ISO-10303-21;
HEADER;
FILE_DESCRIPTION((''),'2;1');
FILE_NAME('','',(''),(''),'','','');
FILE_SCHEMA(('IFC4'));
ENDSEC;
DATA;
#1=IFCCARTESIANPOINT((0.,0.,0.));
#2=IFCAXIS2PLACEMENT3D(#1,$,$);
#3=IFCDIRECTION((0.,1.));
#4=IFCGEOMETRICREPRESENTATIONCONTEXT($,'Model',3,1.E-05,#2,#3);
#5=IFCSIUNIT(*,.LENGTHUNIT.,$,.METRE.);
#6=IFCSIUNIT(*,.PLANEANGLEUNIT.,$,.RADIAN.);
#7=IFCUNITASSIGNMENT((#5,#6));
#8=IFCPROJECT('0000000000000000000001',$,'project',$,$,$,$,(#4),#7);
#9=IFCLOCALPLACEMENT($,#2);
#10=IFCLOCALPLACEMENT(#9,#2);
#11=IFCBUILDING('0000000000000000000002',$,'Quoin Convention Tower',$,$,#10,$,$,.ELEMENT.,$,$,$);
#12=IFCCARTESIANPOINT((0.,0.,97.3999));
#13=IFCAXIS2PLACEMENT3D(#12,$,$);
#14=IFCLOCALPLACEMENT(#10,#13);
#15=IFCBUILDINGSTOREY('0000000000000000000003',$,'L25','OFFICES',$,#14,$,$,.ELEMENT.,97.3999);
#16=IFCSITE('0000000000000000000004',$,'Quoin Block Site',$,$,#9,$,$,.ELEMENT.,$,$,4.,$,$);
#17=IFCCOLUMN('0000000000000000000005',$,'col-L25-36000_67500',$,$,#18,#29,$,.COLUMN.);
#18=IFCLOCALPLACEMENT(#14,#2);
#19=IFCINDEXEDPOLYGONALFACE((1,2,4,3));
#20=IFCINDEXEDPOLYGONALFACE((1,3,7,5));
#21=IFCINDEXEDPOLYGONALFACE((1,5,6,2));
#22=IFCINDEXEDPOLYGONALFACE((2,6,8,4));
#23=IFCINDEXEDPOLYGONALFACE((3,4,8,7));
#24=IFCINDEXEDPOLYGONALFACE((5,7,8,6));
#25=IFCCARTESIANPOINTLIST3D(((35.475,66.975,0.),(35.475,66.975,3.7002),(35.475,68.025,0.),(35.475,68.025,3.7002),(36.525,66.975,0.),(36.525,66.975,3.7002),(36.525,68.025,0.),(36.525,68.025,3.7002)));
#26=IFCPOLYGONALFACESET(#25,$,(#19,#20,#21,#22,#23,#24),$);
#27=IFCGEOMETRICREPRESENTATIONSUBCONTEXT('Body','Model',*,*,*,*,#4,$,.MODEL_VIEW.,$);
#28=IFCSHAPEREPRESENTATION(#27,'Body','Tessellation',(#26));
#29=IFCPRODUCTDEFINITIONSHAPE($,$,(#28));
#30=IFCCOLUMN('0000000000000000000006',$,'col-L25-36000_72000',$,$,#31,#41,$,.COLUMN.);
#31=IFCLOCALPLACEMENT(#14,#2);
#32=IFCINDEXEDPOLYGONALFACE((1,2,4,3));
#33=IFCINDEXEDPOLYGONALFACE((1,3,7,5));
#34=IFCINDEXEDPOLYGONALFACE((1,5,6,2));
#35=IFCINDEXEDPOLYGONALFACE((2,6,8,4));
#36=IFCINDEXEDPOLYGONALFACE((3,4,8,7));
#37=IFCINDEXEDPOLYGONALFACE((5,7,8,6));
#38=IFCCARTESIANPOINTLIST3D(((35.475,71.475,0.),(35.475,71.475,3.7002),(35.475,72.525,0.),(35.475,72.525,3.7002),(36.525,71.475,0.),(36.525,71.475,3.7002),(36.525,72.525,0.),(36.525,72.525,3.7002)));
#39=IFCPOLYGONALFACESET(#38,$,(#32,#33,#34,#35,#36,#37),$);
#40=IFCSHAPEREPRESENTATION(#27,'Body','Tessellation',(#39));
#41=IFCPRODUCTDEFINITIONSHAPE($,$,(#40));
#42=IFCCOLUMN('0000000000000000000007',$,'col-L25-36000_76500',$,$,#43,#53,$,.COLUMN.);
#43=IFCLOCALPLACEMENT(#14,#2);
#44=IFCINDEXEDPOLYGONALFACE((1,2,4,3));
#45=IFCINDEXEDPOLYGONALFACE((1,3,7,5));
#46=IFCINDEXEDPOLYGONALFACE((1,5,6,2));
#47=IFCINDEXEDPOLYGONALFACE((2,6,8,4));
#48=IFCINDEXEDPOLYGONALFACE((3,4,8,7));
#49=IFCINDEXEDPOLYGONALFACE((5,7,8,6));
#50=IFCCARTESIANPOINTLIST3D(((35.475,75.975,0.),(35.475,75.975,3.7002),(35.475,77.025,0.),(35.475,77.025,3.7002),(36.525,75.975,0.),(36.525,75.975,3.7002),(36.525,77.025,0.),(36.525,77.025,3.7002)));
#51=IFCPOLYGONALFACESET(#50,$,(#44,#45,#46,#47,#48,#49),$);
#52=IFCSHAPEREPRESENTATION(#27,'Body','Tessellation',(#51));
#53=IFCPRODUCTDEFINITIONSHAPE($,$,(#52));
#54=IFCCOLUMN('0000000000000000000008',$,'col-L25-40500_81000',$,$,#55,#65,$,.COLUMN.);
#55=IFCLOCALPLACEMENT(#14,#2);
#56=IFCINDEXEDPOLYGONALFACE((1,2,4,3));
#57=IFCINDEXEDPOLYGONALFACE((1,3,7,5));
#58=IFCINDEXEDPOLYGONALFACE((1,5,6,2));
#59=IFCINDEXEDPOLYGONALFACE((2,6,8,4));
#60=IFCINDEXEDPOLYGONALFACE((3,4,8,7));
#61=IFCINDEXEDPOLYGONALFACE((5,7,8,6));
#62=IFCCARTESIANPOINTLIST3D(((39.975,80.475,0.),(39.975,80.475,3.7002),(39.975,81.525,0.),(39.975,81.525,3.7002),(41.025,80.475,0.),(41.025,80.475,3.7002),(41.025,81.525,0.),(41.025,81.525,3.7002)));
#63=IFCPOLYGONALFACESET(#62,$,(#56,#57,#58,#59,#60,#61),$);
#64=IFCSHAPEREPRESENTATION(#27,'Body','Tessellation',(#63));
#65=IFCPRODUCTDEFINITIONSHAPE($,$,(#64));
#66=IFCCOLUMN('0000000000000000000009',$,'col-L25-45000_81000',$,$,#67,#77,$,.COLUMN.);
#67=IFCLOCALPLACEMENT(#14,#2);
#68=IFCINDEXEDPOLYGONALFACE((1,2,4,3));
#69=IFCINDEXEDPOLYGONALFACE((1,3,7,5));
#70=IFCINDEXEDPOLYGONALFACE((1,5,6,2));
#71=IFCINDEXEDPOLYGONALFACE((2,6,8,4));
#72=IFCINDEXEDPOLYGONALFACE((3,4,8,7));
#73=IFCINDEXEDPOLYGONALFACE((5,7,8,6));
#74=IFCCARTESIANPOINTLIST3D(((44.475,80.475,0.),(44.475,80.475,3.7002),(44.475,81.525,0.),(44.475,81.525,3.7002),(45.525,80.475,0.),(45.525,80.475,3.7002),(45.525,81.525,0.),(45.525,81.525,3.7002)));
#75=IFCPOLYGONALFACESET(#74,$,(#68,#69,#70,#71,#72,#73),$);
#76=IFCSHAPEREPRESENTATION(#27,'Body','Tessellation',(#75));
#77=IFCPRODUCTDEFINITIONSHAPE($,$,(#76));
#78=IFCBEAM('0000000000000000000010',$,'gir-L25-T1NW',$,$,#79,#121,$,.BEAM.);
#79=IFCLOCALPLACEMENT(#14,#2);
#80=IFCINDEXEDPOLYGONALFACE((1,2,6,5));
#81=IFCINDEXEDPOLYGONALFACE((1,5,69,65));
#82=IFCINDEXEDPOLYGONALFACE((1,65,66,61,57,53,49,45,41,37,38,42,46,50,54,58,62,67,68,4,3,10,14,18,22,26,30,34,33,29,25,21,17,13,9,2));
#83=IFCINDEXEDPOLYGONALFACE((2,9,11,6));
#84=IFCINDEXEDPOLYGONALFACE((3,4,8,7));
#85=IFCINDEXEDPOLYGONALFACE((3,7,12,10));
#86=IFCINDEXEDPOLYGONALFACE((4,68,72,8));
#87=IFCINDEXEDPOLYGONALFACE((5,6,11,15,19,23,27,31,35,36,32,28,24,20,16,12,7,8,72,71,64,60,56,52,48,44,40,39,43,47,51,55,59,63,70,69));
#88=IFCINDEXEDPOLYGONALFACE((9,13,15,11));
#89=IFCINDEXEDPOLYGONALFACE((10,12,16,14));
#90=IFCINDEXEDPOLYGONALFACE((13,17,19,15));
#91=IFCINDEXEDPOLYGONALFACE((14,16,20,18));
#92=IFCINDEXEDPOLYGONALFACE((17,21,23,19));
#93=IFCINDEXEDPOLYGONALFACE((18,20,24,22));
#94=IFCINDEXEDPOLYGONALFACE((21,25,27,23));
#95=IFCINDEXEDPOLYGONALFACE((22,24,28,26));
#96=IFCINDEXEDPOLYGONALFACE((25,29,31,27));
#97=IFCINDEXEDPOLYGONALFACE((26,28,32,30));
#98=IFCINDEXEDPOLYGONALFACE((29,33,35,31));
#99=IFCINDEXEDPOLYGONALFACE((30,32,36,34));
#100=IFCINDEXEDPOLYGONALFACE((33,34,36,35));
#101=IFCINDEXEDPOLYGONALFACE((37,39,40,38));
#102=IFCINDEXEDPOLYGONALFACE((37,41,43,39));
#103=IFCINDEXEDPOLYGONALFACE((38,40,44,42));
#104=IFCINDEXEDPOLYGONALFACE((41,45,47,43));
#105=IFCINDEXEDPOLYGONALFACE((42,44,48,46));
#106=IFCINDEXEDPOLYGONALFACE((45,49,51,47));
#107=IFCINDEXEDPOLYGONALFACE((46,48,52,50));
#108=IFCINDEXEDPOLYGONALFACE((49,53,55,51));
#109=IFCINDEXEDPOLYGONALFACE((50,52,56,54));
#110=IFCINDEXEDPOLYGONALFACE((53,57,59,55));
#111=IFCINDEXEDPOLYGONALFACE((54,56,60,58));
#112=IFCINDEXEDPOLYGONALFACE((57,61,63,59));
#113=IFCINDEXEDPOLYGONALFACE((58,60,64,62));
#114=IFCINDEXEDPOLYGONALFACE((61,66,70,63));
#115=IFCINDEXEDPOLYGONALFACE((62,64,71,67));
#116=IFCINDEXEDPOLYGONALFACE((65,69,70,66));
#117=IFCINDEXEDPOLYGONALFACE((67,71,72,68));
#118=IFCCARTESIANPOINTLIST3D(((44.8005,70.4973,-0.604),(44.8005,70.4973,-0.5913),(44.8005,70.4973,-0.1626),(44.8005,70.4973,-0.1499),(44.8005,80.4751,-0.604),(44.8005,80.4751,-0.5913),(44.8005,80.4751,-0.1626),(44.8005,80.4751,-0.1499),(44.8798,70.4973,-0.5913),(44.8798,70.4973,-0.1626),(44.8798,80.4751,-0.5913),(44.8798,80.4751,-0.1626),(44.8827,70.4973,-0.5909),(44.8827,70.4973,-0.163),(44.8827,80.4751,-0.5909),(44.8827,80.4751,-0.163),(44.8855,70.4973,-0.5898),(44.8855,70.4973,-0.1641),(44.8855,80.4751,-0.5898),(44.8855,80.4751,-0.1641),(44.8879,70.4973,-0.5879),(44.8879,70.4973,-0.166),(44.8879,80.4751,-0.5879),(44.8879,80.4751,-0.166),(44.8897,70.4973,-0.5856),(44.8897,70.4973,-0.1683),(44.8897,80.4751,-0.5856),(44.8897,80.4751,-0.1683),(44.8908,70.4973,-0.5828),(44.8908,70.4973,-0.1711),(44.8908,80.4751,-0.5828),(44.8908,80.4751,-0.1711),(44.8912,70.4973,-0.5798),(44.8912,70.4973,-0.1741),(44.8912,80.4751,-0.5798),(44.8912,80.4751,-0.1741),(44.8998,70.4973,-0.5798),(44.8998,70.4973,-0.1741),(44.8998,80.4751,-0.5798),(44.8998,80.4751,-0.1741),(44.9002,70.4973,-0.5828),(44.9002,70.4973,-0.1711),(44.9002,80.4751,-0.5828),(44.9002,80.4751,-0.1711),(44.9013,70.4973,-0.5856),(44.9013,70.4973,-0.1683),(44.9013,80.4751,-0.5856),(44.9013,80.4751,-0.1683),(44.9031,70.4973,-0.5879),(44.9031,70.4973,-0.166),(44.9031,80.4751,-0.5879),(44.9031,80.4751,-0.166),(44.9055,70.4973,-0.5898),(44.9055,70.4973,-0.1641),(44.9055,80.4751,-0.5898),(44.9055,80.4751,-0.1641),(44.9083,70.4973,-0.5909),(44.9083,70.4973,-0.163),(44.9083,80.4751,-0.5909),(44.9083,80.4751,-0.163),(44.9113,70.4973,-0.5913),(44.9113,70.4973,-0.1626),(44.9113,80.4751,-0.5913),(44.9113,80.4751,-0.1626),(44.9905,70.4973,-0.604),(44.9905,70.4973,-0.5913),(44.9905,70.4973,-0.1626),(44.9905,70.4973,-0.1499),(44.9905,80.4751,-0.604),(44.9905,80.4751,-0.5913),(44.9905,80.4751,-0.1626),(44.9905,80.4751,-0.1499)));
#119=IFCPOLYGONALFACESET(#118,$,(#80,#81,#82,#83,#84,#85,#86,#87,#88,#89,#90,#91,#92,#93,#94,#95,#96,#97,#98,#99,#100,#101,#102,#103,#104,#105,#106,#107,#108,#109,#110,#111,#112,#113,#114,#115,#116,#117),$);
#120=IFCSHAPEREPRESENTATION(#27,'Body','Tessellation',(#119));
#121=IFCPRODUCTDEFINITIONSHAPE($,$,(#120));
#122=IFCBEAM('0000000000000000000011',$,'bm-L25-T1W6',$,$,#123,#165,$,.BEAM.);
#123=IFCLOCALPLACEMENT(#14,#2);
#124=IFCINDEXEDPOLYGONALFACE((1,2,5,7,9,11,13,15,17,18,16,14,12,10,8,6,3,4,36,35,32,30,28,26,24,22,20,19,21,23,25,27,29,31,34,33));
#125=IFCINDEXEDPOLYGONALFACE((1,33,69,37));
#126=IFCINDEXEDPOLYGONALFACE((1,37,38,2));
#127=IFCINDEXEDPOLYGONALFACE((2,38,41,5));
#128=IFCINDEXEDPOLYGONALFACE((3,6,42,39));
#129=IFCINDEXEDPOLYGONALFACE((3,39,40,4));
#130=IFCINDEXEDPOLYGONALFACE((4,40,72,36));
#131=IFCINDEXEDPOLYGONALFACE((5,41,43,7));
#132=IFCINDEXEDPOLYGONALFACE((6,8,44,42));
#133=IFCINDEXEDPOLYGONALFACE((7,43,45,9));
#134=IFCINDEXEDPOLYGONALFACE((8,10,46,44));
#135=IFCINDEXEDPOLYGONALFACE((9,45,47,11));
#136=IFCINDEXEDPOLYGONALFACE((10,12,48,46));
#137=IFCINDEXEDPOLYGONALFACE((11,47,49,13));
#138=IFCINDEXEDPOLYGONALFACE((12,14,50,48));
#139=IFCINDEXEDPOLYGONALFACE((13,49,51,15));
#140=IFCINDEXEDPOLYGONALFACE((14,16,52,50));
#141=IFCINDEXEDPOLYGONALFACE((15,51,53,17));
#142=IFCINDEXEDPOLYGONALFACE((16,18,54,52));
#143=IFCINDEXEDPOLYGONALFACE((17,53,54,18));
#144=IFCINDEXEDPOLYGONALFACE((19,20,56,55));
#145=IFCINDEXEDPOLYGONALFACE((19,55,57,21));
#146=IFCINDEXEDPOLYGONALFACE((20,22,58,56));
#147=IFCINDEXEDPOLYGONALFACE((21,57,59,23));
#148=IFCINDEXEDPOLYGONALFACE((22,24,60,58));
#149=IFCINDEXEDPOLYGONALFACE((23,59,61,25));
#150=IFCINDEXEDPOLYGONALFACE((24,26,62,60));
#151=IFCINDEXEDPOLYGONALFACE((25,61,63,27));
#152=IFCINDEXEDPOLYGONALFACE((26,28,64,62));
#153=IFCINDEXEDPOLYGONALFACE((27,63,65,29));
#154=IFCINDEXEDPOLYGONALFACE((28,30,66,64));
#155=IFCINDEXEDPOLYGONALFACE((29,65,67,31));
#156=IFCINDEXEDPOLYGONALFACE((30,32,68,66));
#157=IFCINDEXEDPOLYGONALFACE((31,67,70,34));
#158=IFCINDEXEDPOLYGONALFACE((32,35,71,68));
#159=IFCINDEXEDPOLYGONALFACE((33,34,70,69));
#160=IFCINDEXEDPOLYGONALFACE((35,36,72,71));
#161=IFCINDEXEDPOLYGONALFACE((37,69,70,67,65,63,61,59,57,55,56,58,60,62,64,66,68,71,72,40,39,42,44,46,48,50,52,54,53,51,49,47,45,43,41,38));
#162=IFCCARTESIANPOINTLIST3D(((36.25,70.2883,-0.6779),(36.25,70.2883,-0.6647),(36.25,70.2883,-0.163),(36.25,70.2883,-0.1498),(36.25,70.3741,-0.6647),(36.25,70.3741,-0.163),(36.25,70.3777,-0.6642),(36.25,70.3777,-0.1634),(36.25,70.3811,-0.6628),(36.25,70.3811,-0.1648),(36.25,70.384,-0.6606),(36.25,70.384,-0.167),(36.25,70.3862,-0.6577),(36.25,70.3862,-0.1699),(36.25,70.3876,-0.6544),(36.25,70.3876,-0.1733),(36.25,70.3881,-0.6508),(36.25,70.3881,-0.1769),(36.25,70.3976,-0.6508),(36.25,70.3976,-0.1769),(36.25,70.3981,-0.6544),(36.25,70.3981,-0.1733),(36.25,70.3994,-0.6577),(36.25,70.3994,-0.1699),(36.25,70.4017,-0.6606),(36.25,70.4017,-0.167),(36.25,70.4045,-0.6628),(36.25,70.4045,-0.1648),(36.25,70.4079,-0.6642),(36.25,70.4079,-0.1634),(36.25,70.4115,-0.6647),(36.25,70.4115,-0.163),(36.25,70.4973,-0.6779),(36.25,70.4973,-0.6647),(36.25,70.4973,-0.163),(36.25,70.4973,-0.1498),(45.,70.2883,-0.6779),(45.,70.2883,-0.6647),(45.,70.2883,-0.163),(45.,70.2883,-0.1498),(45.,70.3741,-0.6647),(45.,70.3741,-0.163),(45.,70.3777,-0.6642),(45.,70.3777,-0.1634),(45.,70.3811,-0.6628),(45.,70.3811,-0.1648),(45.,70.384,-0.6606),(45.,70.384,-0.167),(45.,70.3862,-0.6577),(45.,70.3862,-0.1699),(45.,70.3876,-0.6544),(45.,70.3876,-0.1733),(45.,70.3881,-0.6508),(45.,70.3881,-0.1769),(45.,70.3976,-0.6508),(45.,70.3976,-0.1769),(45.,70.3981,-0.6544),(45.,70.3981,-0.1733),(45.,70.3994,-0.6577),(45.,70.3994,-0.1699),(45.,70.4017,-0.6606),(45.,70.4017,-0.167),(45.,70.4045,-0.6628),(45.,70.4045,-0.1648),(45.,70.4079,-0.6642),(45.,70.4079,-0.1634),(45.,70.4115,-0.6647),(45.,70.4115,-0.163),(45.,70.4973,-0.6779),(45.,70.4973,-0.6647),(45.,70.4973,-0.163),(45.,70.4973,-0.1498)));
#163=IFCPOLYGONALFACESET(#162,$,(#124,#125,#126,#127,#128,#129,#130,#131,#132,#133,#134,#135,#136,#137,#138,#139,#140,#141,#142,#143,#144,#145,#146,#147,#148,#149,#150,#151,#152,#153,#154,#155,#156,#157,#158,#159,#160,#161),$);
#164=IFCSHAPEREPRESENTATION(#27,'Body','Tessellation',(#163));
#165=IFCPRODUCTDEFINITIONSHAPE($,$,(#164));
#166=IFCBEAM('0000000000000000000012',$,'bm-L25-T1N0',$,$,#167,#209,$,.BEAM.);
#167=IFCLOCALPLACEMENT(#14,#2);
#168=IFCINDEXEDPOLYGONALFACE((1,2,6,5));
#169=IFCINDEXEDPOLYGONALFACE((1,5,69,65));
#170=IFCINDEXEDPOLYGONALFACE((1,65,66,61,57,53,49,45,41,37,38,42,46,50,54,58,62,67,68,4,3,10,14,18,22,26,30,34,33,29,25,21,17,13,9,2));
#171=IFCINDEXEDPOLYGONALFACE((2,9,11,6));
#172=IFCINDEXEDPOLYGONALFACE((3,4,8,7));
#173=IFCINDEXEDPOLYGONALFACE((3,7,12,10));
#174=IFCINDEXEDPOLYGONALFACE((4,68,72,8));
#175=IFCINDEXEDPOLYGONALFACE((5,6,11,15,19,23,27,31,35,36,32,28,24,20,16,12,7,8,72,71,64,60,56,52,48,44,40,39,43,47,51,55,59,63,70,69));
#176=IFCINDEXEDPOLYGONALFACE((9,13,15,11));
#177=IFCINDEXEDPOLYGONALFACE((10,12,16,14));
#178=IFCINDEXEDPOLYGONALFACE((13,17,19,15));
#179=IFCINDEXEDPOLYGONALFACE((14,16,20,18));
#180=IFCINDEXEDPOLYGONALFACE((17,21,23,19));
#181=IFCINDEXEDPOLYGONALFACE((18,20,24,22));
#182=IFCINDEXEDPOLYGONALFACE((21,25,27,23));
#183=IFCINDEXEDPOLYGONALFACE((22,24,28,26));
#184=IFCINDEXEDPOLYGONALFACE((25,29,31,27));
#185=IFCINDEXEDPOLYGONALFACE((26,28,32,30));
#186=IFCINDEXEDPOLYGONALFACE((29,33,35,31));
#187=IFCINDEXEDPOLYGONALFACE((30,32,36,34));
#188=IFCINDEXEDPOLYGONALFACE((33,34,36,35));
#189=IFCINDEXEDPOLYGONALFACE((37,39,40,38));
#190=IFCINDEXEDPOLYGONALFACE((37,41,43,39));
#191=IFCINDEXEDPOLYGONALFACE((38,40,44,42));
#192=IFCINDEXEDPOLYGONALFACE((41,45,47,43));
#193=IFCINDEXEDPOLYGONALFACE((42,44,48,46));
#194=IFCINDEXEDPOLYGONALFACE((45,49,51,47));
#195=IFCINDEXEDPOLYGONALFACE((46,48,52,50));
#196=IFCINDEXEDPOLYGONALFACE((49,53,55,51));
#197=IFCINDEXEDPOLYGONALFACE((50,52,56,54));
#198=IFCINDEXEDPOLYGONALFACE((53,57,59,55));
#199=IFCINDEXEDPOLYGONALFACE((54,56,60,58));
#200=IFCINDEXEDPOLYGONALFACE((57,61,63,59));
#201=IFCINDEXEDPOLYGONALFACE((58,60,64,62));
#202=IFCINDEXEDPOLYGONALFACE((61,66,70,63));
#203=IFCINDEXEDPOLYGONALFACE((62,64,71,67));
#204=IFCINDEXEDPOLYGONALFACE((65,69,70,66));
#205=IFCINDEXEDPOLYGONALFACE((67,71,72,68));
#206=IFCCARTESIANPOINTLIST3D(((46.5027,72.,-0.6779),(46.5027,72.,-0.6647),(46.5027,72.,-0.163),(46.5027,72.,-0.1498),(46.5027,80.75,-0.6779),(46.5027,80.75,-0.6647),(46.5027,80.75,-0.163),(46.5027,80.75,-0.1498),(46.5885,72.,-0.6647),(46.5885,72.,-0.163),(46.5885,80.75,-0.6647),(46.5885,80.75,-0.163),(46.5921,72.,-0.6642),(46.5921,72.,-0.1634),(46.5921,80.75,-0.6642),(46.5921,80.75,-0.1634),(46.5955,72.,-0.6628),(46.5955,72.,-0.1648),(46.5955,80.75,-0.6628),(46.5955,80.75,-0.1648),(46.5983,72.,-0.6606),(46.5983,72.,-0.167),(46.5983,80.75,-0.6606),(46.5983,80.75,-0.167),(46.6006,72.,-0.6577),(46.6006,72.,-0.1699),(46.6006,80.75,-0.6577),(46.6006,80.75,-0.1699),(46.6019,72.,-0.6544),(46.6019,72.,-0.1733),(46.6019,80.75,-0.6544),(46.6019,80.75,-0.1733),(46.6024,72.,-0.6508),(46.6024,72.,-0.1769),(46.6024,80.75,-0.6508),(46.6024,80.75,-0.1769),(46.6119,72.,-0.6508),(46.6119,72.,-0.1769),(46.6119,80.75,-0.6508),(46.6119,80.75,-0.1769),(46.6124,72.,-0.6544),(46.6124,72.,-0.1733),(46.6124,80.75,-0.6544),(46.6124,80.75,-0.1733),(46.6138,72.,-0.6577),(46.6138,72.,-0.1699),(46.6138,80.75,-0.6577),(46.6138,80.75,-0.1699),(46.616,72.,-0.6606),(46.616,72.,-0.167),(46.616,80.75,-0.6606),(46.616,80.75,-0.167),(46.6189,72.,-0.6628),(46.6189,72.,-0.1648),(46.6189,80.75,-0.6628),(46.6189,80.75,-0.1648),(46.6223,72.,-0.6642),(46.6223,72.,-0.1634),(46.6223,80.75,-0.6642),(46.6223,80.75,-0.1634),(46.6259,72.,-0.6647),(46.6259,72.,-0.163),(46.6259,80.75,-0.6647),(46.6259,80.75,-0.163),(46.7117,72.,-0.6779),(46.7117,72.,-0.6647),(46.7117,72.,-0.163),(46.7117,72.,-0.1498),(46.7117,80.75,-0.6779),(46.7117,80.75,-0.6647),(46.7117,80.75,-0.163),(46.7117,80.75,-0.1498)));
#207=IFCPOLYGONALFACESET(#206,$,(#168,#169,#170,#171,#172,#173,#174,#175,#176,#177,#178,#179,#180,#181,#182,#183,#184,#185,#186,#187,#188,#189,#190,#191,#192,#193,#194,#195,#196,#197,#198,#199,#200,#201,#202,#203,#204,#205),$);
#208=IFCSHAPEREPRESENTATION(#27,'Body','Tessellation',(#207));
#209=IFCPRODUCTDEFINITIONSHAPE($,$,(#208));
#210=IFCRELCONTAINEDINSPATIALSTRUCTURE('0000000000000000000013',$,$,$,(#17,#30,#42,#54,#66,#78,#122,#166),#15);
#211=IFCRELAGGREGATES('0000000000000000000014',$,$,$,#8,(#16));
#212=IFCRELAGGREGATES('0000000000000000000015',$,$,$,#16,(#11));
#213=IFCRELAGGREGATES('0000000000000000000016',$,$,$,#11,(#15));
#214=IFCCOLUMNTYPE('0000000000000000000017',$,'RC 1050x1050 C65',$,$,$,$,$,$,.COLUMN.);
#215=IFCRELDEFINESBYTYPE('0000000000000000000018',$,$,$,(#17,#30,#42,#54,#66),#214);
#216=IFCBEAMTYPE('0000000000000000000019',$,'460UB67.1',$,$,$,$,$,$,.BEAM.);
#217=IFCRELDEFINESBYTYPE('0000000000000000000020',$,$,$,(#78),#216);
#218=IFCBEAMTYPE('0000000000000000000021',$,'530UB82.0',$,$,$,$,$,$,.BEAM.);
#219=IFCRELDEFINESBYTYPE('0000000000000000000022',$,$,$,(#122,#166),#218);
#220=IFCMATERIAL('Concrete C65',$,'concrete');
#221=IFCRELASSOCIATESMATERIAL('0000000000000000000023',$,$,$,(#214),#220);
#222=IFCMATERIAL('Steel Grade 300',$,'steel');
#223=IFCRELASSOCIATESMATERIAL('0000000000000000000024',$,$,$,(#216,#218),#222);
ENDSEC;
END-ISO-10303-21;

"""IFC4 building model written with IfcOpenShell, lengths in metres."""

from ifc_helpers import new_model, si_unit, direction, frame, origin, origin_2d, place, context, subcontext, project, spatial, rectangle, i_section, extrude, material, material_profile, profile_set, type_object, element, save


model = new_model("IFC4")

# Units and contexts
model_context = context("Model", 3, precision=1e-05, world=origin(), true_north=direction((0.0, 1.0)))
body_context = subcontext(model_context, "Body", "Model", "MODEL_VIEW")
ifc_project = project(units=[si_unit("LENGTHUNIT", "METRE"), si_unit("PLANEANGLEUNIT", "RADIAN")], contexts=[model_context])

# Site, building, storey
site_placement = place(None, origin())
site = spatial("IfcSite", under=ifc_project, at=site_placement, Name="Quoin Block Site", CompositionType="ELEMENT", RefElevation=4.0)
building_placement = place(site_placement, origin())
building = spatial("IfcBuilding", under=site, at=building_placement, Name="Quoin Convention Tower", CompositionType="ELEMENT")
storey_placement = place(building_placement, frame((0.0, 0.0, 97.3999)))
storey = spatial("IfcBuildingStorey", under=building, at=storey_placement, Name="L25", Description="OFFICES", CompositionType="ELEMENT", Elevation=97.3999)

# Columns
ifc_material_1 = material(Name="Concrete C65", Category="concrete")
ifc_material_profile_1 = material_profile(ifc_material_1, rectangle(XDim=1.05, YDim=1.05, at=origin_2d()), Name="RC 1050x1050")
ifc_profile_set_1 = profile_set([ifc_material_profile_1], Name="Concrete C65")
column_type = type_object("IfcColumnType", Name="RC 1050x1050 C65", PredefinedType="COLUMN", material=ifc_profile_set_1)
for number, where, z_axis, x_axis, name in (
    (1, (36.0, 67.5, 0.0), (0.0, 0.0, 1.0), (1.0, 0.0, 0.0), "col-L25-36000_67500"),
    (2, (36.0, 72.0, 0.0), (0.0, 0.0, 1.0), (1.0, 0.0, 0.0), "col-L25-36000_72000"),
    (3, (36.0, 76.5, 0.0), (0.0, 0.0, 1.0), (1.0, 0.0, 0.0), "col-L25-36000_76500"),
    (4, (40.5, 81.0, 0.0), (0.0, 0.0, 1.0), (1.0, 0.0, 0.0), "col-L25-40500_81000"),
    (5, (45.0, 81.0, 0.0), (0.0, 0.0, 1.0), (1.0, 0.0, 0.0), "col-L25-45000_81000"),
):
    element("IfcColumn", number, at=place(storey_placement, frame(where, z_axis=z_axis, x_axis=x_axis)), inside=storey, type_object=column_type, Name=name, PredefinedType="COLUMN", context=body_context, shape_type="SweptSolid", body=[
        extrude(rectangle(XDim=1.05, YDim=1.05, at=origin_2d()), origin(), (0.0, 0.0, 1.0), 3.7002),
    ])

# Beams
ifc_material_2 = material(Name="Steel Grade 300", Category="steel")
ifc_material_profile_2 = material_profile(ifc_material_2, i_section(OverallWidth=0.1899, OverallDepth=0.4541, WebThickness=0.0085, FlangeThickness=0.0127, FilletRadius=0.0115, at=origin_2d()), Name="460UB67.1")
ifc_profile_set_2 = profile_set([ifc_material_profile_2], Name="Steel Grade 300")
beam_type_1 = type_object("IfcBeamType", Name="460UB67.1", PredefinedType="BEAM", material=ifc_profile_set_2)
beam_1_placement = place(storey_placement, frame((44.8955, 80.4751, -0.377), z_axis=(0.0, -1.0, 0.0), x_axis=(1.0, 0.0, 0.0)))
element("IfcBeam", 6, at=beam_1_placement, inside=storey, type_object=beam_type_1, Name="gir-L25-T1NW", PredefinedType="BEAM", context=body_context, shape_type="SweptSolid", body=[
    extrude(i_section(OverallWidth=0.1899, OverallDepth=0.4541, WebThickness=0.0085, FlangeThickness=0.0127, FilletRadius=0.0115, at=origin_2d()), origin(), (0.0, 0.0, 1.0), 9.9778),
])
ifc_material_profile_3 = material_profile(ifc_material_2, i_section(OverallWidth=0.209, OverallDepth=0.5281, WebThickness=0.0095, FlangeThickness=0.0132, FilletRadius=0.0139, at=origin_2d()), Name="530UB82.0")
ifc_profile_set_3 = profile_set([ifc_material_profile_3], Name="Steel Grade 300")
beam_type_2 = type_object("IfcBeamType", Name="530UB82.0", PredefinedType="BEAM", material=ifc_profile_set_3)
for number, where, z_axis, x_axis, name in (
    (7, (36.25, 70.3928, -0.4138), (1.0, 0.0, 0.0), (0.0, 1.0, 0.0), "bm-L25-T1W6"),
    (8, (46.6072, 72.0, -0.4138), (0.0, 1.0, 0.0), (-1.0, 0.0, 0.0), "bm-L25-T1N0"),
):
    element("IfcBeam", number, at=place(storey_placement, frame(where, z_axis=z_axis, x_axis=x_axis)), inside=storey, type_object=beam_type_2, Name=name, PredefinedType="BEAM", context=body_context, shape_type="SweptSolid", body=[
        extrude(i_section(OverallWidth=0.209, OverallDepth=0.5281, WebThickness=0.0095, FlangeThickness=0.0132, FilletRadius=0.0139, at=origin_2d()), origin(), (0.0, 0.0, 1.0), 8.75),
    ])

save(model, "model.ifc")
